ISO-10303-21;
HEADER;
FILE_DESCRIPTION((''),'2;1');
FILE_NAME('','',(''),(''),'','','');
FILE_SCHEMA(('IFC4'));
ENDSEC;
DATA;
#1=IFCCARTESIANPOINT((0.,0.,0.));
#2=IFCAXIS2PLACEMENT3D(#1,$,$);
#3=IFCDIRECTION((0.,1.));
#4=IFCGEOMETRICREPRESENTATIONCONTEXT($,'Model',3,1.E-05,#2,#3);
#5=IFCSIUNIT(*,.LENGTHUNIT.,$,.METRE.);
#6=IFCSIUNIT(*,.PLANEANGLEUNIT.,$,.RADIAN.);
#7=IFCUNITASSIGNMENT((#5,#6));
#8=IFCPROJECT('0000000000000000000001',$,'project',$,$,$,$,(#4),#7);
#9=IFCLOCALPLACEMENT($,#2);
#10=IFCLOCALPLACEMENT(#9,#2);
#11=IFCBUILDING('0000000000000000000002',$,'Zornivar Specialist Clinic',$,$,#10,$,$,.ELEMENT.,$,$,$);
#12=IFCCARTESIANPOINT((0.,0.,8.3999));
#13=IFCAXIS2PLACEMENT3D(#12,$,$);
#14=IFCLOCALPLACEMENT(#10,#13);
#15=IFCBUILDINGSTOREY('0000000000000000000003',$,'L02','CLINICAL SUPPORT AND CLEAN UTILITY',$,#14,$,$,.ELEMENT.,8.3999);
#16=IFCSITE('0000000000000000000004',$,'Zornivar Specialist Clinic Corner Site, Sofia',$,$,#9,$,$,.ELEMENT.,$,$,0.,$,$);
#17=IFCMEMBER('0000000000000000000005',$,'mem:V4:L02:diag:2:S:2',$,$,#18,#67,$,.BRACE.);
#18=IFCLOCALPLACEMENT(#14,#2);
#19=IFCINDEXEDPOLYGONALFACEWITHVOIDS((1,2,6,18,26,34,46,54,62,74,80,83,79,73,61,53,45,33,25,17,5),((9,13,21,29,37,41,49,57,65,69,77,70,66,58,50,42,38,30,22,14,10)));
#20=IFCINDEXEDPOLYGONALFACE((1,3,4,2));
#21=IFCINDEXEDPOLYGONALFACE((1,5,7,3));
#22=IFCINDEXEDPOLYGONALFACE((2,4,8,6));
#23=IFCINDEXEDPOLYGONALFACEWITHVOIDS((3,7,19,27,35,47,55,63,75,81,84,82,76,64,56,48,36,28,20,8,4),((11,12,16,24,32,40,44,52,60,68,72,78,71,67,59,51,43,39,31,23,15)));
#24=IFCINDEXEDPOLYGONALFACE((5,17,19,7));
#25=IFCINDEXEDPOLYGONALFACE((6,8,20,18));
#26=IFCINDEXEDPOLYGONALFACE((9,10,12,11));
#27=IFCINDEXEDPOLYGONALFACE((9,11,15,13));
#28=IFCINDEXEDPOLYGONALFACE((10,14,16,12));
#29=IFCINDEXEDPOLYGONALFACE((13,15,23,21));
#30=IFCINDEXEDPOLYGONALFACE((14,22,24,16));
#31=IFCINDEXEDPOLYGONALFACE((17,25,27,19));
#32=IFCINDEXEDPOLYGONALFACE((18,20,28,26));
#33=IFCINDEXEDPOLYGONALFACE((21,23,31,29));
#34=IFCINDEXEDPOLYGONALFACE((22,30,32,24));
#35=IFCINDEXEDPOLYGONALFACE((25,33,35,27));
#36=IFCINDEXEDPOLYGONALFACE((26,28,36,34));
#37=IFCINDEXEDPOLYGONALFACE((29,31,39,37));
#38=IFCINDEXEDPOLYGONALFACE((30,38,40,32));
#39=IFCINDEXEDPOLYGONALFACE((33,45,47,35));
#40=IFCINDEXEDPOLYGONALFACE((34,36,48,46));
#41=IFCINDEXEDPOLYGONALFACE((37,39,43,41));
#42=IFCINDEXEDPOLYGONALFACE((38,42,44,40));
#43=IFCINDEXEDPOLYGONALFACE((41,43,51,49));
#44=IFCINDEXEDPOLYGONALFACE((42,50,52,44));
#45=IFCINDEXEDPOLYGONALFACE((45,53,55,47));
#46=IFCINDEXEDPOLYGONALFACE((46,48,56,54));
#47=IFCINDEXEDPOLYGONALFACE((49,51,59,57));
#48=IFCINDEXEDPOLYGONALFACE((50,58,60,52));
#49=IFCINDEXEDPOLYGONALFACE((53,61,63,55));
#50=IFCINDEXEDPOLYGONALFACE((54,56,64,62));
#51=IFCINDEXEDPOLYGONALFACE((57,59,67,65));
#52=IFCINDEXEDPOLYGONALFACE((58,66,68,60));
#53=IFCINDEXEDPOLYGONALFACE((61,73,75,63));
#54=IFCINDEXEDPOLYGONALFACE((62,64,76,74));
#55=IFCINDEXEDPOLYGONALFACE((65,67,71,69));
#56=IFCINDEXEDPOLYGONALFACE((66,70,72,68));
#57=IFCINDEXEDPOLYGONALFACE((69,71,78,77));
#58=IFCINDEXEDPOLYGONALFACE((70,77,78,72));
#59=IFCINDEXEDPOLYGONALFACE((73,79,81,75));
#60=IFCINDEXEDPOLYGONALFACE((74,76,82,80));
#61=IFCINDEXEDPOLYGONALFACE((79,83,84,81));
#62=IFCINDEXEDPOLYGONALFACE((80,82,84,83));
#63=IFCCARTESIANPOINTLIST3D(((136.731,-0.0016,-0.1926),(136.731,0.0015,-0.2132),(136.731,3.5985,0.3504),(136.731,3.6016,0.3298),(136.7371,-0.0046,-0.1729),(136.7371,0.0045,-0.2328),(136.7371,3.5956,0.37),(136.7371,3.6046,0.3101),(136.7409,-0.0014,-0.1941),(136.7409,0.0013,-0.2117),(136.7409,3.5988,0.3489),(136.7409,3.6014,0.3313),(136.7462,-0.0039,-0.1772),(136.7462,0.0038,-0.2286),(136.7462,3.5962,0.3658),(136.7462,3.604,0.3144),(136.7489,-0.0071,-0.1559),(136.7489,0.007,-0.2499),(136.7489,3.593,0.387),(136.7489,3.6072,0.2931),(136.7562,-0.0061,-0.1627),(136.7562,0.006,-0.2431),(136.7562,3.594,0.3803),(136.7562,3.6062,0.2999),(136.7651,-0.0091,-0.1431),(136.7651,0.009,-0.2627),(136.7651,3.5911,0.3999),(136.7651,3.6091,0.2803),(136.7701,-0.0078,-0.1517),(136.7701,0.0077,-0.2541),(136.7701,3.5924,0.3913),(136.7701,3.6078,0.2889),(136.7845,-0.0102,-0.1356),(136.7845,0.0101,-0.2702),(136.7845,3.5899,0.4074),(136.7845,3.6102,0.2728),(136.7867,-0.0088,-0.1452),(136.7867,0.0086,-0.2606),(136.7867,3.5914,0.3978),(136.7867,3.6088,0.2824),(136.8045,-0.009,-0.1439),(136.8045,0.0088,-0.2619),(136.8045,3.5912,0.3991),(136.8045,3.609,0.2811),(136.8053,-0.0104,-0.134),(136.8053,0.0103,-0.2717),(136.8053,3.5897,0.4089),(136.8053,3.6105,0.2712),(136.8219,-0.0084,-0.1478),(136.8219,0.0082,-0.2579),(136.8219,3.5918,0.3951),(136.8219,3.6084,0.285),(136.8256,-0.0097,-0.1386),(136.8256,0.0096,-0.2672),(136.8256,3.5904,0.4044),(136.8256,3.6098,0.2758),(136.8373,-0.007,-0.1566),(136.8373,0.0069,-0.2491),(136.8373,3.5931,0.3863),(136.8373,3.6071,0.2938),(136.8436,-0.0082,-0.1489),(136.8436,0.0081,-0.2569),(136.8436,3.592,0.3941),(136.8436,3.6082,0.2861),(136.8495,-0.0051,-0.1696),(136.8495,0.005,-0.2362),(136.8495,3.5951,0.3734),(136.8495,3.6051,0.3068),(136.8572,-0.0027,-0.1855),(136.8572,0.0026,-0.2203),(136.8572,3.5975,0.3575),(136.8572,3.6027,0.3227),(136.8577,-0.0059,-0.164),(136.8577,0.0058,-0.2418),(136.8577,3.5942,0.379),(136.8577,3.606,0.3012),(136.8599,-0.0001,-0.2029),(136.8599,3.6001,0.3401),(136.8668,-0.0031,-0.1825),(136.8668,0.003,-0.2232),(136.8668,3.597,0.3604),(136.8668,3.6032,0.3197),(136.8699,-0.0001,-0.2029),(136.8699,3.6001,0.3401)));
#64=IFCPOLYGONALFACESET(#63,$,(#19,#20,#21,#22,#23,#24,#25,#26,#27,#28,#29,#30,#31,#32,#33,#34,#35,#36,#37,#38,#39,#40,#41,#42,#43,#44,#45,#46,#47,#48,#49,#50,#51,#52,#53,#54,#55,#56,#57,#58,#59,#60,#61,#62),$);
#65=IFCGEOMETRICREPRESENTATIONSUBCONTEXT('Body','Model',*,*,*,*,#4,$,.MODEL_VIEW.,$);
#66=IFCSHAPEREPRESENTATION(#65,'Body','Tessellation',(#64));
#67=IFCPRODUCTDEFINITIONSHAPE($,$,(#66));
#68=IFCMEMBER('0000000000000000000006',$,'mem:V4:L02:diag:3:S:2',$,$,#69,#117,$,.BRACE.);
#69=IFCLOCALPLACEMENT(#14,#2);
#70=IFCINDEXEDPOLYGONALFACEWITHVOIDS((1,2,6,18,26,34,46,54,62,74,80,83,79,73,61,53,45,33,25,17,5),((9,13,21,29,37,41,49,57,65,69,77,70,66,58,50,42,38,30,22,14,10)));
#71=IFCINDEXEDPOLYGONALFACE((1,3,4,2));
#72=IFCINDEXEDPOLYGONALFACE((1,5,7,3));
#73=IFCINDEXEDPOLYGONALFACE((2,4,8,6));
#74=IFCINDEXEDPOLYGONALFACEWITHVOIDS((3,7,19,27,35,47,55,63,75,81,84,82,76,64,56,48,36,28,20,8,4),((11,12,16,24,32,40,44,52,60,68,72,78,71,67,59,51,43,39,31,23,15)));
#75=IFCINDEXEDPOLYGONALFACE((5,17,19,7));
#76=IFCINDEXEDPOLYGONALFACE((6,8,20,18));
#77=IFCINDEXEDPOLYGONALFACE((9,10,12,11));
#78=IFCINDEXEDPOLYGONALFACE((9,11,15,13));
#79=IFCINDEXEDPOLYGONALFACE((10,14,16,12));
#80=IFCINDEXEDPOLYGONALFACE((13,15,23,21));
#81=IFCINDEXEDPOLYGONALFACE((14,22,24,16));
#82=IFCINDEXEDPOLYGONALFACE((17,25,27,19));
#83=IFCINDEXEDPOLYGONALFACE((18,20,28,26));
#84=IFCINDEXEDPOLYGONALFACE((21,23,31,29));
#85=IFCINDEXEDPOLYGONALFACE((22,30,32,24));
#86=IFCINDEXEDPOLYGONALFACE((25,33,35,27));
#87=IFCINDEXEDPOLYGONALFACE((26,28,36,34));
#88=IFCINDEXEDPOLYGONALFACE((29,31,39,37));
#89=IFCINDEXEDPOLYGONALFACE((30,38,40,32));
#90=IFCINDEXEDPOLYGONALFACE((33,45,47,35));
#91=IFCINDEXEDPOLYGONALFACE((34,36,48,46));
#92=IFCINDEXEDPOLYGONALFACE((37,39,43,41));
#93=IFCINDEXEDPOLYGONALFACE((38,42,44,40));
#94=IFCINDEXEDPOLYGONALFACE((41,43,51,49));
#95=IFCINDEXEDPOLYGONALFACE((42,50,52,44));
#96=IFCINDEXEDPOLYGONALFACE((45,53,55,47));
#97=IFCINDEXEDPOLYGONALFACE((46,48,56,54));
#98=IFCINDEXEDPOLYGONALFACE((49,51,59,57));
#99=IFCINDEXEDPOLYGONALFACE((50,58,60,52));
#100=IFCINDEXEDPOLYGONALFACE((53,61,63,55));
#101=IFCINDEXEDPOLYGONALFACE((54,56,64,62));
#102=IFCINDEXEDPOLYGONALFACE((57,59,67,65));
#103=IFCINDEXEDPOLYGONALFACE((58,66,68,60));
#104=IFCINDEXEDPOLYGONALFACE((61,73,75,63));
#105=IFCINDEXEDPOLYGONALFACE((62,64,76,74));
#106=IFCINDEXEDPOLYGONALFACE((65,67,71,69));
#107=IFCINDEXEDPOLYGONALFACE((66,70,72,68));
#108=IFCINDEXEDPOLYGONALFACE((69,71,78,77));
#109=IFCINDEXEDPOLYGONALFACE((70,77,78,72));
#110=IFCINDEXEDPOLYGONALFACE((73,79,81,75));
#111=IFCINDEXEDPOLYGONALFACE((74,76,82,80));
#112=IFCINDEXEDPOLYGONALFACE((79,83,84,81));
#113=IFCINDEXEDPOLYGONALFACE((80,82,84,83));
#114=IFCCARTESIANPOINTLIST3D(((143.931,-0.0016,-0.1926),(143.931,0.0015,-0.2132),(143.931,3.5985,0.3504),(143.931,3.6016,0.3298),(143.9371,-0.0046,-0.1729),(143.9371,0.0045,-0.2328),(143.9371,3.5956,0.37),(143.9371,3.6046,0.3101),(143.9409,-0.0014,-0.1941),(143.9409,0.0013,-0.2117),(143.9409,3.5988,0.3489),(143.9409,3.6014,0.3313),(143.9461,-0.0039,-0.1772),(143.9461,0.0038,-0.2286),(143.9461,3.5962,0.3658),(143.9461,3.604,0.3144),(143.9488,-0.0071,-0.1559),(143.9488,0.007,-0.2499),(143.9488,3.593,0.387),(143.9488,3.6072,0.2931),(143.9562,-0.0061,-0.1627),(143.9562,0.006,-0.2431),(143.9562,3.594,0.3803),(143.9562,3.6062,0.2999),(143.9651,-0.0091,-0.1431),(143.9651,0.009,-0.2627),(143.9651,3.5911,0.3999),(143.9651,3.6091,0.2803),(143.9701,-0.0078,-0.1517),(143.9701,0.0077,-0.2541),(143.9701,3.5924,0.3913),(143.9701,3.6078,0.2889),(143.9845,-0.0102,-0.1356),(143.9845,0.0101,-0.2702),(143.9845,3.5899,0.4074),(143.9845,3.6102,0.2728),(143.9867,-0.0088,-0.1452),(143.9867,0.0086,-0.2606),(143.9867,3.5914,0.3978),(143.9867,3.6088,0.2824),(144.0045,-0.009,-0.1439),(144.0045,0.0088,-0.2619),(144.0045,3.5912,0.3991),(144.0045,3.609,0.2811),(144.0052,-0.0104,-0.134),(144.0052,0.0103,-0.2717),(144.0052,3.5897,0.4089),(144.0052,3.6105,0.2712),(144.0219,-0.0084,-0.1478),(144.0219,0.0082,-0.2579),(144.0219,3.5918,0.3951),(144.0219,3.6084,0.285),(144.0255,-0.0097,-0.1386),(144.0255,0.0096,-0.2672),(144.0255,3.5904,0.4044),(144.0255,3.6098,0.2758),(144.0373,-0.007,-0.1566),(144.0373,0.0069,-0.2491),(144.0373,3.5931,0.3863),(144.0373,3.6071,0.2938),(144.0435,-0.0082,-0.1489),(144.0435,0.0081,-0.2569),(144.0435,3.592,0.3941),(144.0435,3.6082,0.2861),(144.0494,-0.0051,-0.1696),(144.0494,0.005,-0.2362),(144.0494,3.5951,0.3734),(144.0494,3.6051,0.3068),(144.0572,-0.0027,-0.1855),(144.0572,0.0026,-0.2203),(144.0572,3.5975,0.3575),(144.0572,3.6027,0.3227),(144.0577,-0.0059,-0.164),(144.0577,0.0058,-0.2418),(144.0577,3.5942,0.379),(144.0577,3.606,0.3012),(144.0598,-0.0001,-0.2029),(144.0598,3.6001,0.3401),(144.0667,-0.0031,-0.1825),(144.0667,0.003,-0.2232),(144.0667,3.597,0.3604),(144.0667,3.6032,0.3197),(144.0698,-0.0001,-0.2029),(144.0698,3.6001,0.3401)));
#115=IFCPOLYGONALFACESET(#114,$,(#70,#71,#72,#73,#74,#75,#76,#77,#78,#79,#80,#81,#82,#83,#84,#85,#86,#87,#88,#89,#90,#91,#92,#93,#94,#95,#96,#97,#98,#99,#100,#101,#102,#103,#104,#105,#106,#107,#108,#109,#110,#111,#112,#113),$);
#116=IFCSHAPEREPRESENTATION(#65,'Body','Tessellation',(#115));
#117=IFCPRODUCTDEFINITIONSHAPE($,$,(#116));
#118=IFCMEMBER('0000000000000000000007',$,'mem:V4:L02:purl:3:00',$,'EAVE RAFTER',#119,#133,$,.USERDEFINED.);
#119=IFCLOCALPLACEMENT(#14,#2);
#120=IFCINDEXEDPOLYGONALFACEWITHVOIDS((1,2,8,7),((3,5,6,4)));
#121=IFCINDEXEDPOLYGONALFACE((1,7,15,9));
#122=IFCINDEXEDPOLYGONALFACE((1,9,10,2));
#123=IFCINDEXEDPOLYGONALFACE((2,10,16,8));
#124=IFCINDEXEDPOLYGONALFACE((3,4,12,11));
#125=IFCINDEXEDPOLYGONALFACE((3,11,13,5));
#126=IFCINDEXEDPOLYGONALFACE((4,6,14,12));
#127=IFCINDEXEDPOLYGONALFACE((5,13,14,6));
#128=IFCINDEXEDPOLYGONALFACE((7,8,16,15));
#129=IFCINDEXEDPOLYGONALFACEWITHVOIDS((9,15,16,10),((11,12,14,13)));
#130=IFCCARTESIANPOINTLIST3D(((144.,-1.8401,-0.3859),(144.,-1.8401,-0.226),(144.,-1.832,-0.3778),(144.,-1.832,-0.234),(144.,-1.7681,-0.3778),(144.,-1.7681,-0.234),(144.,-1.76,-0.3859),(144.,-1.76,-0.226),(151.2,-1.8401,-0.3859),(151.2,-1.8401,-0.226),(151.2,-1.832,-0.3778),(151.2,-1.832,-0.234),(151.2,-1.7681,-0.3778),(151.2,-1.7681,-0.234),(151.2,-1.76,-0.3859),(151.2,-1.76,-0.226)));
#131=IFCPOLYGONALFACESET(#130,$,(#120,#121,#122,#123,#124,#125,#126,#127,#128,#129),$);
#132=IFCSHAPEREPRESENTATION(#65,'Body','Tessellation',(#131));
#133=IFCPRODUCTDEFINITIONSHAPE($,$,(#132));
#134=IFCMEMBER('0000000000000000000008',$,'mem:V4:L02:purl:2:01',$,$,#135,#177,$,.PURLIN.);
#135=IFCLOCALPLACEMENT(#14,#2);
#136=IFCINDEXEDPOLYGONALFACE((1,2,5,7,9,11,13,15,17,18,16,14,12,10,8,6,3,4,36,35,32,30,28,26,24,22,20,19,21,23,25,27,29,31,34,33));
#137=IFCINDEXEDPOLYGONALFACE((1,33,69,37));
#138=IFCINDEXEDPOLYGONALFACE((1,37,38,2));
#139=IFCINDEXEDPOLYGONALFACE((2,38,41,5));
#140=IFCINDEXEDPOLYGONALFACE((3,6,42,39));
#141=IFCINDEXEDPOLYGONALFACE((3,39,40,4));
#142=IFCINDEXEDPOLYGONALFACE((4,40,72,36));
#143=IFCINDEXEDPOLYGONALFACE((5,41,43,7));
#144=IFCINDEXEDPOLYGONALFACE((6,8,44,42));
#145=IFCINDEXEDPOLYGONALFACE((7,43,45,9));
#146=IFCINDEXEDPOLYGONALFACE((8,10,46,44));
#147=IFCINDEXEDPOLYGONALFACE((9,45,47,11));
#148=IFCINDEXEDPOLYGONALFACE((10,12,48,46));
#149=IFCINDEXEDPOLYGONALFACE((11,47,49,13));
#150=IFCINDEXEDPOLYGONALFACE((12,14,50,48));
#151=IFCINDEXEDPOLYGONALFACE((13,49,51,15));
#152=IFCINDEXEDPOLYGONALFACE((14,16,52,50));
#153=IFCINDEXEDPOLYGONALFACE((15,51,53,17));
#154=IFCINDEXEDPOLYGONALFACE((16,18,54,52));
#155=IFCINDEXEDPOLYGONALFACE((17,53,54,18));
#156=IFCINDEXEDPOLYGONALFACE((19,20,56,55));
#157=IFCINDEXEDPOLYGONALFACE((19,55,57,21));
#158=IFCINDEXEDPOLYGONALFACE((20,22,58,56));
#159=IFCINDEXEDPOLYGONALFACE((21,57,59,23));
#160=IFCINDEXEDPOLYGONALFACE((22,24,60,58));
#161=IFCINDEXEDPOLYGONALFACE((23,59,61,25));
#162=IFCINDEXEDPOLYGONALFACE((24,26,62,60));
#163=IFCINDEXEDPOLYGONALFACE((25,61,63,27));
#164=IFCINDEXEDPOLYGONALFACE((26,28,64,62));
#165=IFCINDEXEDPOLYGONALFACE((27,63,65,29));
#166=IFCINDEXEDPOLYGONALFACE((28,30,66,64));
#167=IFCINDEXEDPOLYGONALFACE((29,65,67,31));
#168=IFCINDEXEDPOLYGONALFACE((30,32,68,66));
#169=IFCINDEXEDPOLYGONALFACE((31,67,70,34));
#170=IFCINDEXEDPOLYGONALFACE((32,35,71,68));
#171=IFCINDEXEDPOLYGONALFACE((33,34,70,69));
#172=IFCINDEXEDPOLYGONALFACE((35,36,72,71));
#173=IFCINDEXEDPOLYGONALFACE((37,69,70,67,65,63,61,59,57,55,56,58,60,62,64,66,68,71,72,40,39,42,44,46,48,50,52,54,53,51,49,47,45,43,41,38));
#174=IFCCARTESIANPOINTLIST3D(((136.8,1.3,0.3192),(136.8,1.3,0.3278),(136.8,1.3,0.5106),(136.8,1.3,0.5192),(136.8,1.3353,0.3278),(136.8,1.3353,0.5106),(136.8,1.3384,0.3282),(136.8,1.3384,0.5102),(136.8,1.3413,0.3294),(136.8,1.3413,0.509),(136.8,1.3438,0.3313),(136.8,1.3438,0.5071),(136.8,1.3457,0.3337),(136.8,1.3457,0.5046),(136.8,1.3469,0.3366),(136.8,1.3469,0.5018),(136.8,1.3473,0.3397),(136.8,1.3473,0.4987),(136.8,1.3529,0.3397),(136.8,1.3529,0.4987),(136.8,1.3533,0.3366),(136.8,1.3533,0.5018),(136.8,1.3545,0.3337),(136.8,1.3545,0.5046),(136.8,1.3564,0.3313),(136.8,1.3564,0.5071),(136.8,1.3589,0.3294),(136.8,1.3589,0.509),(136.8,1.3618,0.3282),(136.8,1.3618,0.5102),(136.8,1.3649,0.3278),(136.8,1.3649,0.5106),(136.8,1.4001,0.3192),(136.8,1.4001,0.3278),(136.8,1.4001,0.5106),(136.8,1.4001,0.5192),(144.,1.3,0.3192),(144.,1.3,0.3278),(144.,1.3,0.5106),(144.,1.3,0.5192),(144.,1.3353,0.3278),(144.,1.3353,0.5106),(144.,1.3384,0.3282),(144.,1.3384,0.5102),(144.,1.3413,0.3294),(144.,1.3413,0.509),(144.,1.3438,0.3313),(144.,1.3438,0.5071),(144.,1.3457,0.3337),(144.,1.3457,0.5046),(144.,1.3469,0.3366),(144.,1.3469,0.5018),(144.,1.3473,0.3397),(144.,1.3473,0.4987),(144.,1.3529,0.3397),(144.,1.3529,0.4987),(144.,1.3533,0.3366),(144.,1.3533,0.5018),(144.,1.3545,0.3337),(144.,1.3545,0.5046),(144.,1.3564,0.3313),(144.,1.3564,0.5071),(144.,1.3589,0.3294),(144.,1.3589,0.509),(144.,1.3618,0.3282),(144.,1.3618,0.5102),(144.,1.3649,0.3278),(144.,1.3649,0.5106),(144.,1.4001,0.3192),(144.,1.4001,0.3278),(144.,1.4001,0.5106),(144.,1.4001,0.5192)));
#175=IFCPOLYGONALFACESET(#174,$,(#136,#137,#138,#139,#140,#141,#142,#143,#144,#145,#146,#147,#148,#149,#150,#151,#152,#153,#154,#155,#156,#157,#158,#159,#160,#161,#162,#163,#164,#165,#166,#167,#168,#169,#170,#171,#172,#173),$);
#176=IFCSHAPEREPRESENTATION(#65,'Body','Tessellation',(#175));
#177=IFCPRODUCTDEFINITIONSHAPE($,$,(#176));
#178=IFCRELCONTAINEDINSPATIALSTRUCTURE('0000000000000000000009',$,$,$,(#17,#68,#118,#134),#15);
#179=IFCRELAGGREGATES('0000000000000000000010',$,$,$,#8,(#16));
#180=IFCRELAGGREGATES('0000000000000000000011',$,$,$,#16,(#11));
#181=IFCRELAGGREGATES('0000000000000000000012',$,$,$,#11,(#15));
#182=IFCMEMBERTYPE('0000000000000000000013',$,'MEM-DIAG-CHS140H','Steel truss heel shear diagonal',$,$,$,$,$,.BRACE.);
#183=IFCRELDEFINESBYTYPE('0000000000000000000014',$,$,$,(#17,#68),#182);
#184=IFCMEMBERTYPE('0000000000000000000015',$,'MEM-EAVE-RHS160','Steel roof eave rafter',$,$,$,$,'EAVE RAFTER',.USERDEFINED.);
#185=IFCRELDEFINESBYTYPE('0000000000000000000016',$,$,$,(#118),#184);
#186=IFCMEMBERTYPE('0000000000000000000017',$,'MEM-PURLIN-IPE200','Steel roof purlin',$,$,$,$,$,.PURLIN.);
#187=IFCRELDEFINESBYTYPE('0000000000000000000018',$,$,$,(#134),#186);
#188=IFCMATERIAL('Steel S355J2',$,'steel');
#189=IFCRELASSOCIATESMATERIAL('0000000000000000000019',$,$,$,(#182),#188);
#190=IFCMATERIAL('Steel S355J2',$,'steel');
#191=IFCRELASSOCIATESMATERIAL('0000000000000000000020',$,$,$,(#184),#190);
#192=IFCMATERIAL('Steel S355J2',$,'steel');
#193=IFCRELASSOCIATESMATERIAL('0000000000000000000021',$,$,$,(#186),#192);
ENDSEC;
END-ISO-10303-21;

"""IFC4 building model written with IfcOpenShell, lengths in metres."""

from ifc_helpers import new_model, si_unit, direction, frame, origin, origin_2d, place, context, subcontext, project, spatial, hollow_rectangle, hollow_circle, i_section, extrude, material, material_profile, profile_set, type_object, element, save


model = new_model("IFC4")

# Units and contexts
model_context = context("Model", 3, precision=1e-05, world=origin(), true_north=direction((0.0, 1.0)))
body_context = subcontext(model_context, "Body", "Model", "MODEL_VIEW")
ifc_project = project(units=[si_unit("LENGTHUNIT", "METRE"), si_unit("PLANEANGLEUNIT", "RADIAN")], contexts=[model_context])

# Site, building, storey
site_placement = place(None, origin())
site = spatial("IfcSite", under=ifc_project, at=site_placement, Name="Zornivar Specialist Clinic Corner Site, Sofia", CompositionType="ELEMENT", RefElevation=0.0)
building_placement = place(site_placement, origin())
building = spatial("IfcBuilding", under=site, at=building_placement, Name="Zornivar Specialist Clinic", CompositionType="ELEMENT")
storey_placement = place(building_placement, frame((0.0, 0.0, 8.3999)))
storey = spatial("IfcBuildingStorey", under=building, at=storey_placement, Name="L02", Description="CLINICAL SUPPORT AND CLEAN UTILITY", CompositionType="ELEMENT", Elevation=8.3999)

# Members
ifc_material_1 = material(Name="Steel S355J2", Category="steel")
ifc_material_profile_1 = material_profile(ifc_material_1, hollow_circle(Radius=0.0698, WallThickness=0.01, at=origin_2d()), Name="CHS 139.7x10")
ifc_profile_set_1 = profile_set([ifc_material_profile_1], Name="Steel S355J2")
member_type_1 = type_object("IfcMemberType", Name="MEM-DIAG-CHS140H", Description="Steel truss heel shear diagonal", PredefinedType="BRACE", material=ifc_profile_set_1)
for number, where, z_axis, x_axis, name in (
    (1, (136.8, 3.6001, 0.3401), (0.0, -0.988817, -0.149134), (1.0, 0.0, 0.0), "mem:V4:L02:diag:2:S:2"),
    (2, (144.0, 3.6001, 0.3401), (0.0, -0.988817, -0.149134), (1.0, 0.0, 0.0), "mem:V4:L02:diag:3:S:2"),
):
    element("IfcMember", number, at=place(storey_placement, frame(where, z_axis=z_axis, x_axis=x_axis)), inside=storey, type_object=member_type_1, Name=name, PredefinedType="BRACE", context=body_context, shape_type="SweptSolid", body=[
        extrude(hollow_circle(Radius=0.0698, WallThickness=0.01, at=origin_2d()), origin(), (0.0, 0.0, 1.0), 3.6409),
    ])
ifc_material_2 = material(Name="Steel S355J2", Category="steel")
ifc_material_profile_2 = material_profile(ifc_material_2, hollow_rectangle(XDim=0.0801, YDim=0.1599, WallThickness=0.0081, at=origin_2d()), Name="RHS 160x80x8")
ifc_profile_set_2 = profile_set([ifc_material_profile_2], Name="Steel S355J2")
member_type_2 = type_object("IfcMemberType", Name="MEM-EAVE-RHS160", Description="Steel roof eave rafter", ElementType="EAVE RAFTER", PredefinedType="USERDEFINED", material=ifc_profile_set_2)
member_1_placement = place(storey_placement, frame((144.0, -1.8, -0.3059), z_axis=(1.0, 0.0, 0.0), x_axis=(0.0, 1.0, 0.0)))
element("IfcMember", 3, at=member_1_placement, inside=storey, type_object=member_type_2, Name="mem:V4:L02:purl:3:00", ObjectType="EAVE RAFTER", PredefinedType="USERDEFINED", context=body_context, shape_type="SweptSolid", body=[
    extrude(hollow_rectangle(XDim=0.0801, YDim=0.1599, WallThickness=0.0081, at=origin_2d()), origin(), (0.0, 0.0, 1.0), 7.2),
])
ifc_material_3 = material(Name="Steel S355J2", Category="steel")
ifc_material_profile_3 = material_profile(ifc_material_3, i_section(OverallWidth=0.1001, OverallDepth=0.2, WebThickness=0.0056, FlangeThickness=0.0085, FilletRadius=0.012, at=origin_2d()), Name="IPE 200")
ifc_profile_set_3 = profile_set([ifc_material_profile_3], Name="Steel S355J2")
member_type_3 = type_object("IfcMemberType", Name="MEM-PURLIN-IPE200", Description="Steel roof purlin", PredefinedType="PURLIN", material=ifc_profile_set_3)
for number, where, z_axis, x_axis, name in (
    (4, (136.8, 1.3501, 0.4192), (1.0, 0.0, 0.0), (0.0, 1.0, 0.0), "mem:V4:L02:purl:2:01"),
):
    element("IfcMember", number, at=place(storey_placement, frame(where, z_axis=z_axis, x_axis=x_axis)), inside=storey, type_object=member_type_3, Name=name, PredefinedType="PURLIN", context=body_context, shape_type="SweptSolid", body=[
        extrude(i_section(OverallWidth=0.1001, OverallDepth=0.2, WebThickness=0.0056, FlangeThickness=0.0085, FilletRadius=0.012, at=origin_2d()), origin(), (0.0, 0.0, 1.0), 7.2),
    ])

save(model, "model.ifc")
